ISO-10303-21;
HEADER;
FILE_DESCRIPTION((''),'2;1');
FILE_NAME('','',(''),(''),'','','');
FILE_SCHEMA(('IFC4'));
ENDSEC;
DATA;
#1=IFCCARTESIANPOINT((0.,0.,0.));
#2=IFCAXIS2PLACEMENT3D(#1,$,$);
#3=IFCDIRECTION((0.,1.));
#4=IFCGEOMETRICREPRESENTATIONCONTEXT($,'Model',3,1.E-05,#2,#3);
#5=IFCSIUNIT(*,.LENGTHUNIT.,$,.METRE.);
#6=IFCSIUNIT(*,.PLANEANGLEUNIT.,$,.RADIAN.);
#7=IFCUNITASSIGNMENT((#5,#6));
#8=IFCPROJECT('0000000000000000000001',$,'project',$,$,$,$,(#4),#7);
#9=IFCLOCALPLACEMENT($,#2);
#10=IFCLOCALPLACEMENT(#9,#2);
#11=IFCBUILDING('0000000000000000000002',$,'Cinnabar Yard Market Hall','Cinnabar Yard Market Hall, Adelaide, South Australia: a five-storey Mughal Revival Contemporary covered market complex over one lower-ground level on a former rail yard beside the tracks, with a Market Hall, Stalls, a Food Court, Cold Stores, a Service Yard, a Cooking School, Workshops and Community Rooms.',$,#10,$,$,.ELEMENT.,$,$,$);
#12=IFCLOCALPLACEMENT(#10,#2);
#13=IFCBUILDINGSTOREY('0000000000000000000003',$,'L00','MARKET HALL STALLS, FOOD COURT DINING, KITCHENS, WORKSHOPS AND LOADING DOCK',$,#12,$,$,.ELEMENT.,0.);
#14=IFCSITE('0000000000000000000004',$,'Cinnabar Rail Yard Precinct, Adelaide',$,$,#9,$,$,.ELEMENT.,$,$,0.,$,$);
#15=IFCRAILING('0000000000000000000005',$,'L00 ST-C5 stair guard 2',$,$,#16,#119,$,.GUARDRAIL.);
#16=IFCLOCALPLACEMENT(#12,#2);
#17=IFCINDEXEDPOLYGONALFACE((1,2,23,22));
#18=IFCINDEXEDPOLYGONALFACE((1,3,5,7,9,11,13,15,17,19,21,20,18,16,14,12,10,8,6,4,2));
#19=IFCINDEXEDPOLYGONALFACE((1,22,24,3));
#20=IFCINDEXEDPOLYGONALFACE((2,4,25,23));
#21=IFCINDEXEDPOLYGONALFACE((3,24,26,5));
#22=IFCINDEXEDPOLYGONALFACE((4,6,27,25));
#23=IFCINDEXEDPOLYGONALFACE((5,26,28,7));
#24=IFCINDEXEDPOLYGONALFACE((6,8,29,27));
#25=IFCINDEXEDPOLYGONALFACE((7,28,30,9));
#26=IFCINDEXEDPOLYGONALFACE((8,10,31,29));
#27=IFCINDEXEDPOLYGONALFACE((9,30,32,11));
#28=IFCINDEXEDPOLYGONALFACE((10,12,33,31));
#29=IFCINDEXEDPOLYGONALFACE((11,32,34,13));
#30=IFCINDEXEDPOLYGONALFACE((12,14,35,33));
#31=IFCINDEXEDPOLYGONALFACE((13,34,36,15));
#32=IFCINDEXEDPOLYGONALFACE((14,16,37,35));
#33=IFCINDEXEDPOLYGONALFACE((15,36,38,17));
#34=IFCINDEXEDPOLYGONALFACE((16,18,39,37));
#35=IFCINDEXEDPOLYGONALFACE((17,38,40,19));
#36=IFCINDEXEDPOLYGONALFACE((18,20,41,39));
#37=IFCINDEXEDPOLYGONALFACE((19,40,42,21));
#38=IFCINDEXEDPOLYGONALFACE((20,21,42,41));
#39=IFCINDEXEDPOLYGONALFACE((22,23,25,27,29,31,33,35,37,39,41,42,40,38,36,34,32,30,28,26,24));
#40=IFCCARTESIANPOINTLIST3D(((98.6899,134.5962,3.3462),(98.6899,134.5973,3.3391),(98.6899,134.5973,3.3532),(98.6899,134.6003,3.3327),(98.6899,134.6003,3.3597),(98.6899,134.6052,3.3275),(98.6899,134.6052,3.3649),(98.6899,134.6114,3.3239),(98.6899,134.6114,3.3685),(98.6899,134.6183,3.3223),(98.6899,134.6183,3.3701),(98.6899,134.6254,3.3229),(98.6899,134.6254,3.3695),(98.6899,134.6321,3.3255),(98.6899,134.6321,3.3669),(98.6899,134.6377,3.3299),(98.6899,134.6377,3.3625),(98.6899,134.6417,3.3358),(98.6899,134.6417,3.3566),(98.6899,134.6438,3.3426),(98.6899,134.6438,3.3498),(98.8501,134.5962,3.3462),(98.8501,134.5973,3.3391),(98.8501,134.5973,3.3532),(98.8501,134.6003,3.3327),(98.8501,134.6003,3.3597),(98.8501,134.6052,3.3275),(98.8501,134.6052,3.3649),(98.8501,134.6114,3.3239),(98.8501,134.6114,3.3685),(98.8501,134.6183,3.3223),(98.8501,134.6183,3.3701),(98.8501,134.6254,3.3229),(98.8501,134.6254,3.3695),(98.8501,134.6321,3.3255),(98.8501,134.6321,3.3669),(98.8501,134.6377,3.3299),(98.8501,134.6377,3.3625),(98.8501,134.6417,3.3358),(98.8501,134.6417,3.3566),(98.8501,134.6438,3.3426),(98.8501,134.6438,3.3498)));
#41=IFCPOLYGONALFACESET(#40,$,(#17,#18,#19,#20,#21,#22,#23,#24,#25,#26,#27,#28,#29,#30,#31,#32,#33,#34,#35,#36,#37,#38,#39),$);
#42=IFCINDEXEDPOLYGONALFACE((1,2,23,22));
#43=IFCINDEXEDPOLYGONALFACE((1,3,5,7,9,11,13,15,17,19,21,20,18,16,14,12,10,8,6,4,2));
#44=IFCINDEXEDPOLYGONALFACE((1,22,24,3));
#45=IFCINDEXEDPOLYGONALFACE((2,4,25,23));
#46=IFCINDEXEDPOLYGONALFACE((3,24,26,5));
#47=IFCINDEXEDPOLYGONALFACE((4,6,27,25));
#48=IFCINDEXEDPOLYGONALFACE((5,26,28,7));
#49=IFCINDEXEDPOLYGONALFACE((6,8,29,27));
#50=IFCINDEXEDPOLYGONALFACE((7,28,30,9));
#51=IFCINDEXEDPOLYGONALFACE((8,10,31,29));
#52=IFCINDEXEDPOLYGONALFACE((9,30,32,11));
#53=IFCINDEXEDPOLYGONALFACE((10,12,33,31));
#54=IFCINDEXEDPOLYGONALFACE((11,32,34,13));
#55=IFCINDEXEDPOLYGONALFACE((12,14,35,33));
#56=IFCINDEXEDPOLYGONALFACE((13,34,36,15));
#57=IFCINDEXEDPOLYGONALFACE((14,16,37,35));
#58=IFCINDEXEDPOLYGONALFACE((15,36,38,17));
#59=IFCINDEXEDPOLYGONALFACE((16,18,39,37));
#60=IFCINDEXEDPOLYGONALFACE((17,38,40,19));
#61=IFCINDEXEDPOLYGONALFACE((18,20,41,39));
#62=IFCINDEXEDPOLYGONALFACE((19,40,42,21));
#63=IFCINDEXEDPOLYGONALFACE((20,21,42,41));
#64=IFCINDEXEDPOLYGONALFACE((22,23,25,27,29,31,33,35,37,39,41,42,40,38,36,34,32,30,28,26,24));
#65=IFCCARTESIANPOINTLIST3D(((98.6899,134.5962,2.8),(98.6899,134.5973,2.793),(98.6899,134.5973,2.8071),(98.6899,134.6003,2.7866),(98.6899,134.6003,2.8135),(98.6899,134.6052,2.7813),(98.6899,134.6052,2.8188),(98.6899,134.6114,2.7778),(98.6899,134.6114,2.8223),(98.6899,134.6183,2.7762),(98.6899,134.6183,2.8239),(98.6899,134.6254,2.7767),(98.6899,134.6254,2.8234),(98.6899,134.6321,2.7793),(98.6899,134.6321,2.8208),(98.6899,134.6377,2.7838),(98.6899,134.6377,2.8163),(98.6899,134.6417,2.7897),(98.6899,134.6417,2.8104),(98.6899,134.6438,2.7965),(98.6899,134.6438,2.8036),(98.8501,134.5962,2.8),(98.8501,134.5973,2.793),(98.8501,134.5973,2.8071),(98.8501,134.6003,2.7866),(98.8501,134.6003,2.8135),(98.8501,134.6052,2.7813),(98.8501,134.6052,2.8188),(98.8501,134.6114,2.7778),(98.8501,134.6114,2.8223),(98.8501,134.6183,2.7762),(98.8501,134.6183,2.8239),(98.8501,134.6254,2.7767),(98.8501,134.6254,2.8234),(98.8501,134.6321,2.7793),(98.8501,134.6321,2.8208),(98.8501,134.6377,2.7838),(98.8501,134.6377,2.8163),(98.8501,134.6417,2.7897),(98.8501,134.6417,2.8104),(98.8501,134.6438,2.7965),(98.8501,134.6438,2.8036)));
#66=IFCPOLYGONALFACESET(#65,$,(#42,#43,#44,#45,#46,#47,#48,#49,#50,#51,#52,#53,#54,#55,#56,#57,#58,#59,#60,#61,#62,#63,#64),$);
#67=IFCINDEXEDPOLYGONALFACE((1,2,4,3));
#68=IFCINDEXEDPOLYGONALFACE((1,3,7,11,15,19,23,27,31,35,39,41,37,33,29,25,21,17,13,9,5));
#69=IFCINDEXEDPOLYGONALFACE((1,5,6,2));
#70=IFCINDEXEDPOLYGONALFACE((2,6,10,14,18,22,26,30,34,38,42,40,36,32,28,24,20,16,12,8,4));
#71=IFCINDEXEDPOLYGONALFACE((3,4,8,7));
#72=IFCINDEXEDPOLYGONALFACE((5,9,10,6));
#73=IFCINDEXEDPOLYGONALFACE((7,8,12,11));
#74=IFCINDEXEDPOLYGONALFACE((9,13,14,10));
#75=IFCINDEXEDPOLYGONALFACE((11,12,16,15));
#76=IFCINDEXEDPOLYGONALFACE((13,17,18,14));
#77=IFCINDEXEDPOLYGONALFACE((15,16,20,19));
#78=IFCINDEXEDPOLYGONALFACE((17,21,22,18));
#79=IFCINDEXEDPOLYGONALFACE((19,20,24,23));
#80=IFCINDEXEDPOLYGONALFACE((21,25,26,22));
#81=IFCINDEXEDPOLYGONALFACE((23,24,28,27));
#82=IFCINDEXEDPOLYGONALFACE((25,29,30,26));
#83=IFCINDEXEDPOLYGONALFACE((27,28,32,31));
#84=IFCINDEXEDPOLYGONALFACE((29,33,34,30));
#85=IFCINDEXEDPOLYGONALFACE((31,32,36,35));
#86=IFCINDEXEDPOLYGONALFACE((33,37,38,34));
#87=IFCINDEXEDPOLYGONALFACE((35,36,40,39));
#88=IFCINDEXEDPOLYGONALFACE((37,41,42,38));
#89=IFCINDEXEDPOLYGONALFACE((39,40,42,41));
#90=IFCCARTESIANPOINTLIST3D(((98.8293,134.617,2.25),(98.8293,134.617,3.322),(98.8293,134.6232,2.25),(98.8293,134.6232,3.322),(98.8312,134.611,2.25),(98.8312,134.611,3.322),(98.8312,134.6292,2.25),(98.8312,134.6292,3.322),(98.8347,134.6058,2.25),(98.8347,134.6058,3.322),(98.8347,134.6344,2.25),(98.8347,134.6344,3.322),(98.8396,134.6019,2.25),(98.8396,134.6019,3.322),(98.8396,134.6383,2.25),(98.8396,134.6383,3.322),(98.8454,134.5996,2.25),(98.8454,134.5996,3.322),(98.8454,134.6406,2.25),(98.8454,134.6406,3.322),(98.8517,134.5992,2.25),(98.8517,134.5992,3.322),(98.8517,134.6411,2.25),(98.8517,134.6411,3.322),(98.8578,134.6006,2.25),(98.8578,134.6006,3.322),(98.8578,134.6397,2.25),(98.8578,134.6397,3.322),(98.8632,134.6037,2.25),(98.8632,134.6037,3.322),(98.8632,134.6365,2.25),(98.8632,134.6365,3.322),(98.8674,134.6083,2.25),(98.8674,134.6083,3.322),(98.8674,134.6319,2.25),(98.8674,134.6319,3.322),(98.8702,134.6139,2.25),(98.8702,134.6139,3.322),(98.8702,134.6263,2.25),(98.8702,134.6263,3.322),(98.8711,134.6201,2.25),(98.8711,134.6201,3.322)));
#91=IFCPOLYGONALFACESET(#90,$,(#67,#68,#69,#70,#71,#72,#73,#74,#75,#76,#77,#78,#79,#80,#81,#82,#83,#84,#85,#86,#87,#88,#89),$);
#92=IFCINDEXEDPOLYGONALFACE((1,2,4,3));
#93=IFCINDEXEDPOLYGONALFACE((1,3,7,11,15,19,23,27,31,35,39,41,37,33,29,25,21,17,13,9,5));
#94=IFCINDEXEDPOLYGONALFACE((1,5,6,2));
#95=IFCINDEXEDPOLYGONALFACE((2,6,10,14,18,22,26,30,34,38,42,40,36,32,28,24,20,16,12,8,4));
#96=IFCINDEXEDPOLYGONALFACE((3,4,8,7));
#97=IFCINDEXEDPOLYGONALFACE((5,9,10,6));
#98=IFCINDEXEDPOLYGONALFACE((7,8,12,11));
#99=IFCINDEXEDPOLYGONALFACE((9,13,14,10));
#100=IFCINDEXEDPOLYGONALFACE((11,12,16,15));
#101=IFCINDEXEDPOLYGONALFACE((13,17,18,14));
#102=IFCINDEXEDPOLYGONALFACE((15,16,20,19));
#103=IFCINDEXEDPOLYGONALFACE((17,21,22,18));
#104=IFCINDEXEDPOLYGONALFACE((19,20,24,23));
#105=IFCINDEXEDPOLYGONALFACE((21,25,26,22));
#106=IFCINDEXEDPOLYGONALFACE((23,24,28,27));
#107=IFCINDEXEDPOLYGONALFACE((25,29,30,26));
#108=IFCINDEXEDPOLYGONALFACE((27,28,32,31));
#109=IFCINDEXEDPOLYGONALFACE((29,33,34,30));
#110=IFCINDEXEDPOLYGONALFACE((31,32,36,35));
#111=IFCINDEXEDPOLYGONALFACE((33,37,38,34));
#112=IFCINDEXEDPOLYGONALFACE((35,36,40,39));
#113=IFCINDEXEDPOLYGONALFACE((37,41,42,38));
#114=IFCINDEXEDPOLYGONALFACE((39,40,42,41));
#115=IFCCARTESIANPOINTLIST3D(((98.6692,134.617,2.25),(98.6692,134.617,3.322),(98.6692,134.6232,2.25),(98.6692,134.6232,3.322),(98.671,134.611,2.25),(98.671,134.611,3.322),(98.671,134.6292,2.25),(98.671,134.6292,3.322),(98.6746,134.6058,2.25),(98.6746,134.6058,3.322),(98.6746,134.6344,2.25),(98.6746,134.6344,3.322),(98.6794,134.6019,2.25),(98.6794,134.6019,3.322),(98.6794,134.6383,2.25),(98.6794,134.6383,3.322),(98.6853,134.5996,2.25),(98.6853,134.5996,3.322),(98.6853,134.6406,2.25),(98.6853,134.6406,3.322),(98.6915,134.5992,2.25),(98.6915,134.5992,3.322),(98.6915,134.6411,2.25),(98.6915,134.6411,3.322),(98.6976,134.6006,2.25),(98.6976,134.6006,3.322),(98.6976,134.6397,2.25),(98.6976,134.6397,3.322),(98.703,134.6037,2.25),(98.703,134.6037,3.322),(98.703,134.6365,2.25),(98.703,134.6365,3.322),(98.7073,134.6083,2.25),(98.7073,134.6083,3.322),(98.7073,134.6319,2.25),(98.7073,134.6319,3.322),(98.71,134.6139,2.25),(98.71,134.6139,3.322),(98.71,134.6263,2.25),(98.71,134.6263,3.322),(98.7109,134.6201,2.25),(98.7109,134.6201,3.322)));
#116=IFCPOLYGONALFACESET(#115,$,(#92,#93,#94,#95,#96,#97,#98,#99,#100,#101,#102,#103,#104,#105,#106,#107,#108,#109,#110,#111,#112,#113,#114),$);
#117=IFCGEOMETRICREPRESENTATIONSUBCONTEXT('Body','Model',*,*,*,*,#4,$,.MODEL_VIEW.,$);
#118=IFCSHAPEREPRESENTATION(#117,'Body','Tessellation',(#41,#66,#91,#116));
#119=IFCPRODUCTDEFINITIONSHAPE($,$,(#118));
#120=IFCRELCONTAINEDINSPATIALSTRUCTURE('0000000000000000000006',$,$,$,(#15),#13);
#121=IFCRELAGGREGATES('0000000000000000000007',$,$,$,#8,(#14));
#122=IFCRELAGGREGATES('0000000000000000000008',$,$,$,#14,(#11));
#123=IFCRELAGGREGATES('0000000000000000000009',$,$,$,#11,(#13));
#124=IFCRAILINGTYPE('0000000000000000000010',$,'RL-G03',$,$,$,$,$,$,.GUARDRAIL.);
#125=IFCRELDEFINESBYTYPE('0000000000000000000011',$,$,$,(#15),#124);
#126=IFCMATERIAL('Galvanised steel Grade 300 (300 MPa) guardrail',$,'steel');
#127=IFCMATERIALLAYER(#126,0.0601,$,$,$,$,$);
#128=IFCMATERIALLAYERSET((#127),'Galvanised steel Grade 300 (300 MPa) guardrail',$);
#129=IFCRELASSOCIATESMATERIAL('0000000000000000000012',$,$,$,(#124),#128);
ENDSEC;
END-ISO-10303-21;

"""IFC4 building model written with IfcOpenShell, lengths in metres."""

from ifc_helpers import new_model, si_unit, direction, frame, origin, origin_2d_with_axis, place, context, subcontext, project, spatial, circle, extrude, material, layer, layer_set, type_object, element, save


model = new_model("IFC4")

# Units and contexts
model_context = context("Model", 3, precision=1e-05, world=origin(), true_north=direction((0.0, 1.0)))
body_context = subcontext(model_context, "Body", "Model", "MODEL_VIEW")
ifc_project = project(units=[si_unit("LENGTHUNIT", "METRE"), si_unit("PLANEANGLEUNIT", "RADIAN")], contexts=[model_context])

# Site, building, storey
site_placement = place(None, origin())
site = spatial("IfcSite", under=ifc_project, at=site_placement, Name="Cinnabar Rail Yard Precinct, Adelaide", CompositionType="ELEMENT", RefElevation=0.0)
building_placement = place(site_placement, origin())
building = spatial("IfcBuilding", under=site, at=building_placement, Name="Cinnabar Yard Market Hall", Description="Cinnabar Yard Market Hall, Adelaide, South Australia: a five-storey Mughal Revival Contemporary covered market complex over one lower-ground level on a former rail yard beside the tracks, with a Market Hall, Stalls, a Food Court, Cold Stores, a Service Yard, a Cooking School, Workshops and Community Rooms.", CompositionType="ELEMENT")
storey_placement = place(building_placement, origin())
storey = spatial("IfcBuildingStorey", under=building, at=storey_placement, Name="L00", Description="MARKET HALL STALLS, FOOD COURT DINING, KITCHENS, WORKSHOPS AND LOADING DOCK", CompositionType="ELEMENT", Elevation=0.0)

# Railing
ifc_material_1 = material(Name="Galvanised steel Grade 300 (300 MPa) guardrail", Category="steel")
ifc_layer_1 = layer(ifc_material_1, 0.0601)
ifc_layer_set_1 = layer_set([ifc_layer_1], Name="Galvanised steel Grade 300 (300 MPa) guardrail")
railing_type_1 = type_object("IfcRailingType", Name="RL-G03", PredefinedType="GUARDRAIL", material=ifc_layer_set_1)
railing_1_placement = place(storey_placement, frame((98.8501, 134.6201, 2.25)))
element("IfcRailing", 1, at=railing_1_placement, inside=storey, type_object=railing_type_1, Name="L00 ST-C5 stair guard 2", PredefinedType="GUARDRAIL", context=body_context, shape_type="SweptSolid", body=[
    extrude(circle(Radius=0.0239, at=origin_2d_with_axis()), frame((0.0, 0.0, 1.0962), z_axis=(-1.0, 0.0, 0.0), x_axis=(0.0, -1.0, 0.0)), (0.0, 0.0, 1.0), 0.1602),
    extrude(circle(Radius=0.0239, at=origin_2d_with_axis()), frame((0.0, 0.0, 0.55), z_axis=(-1.0, 0.0, 0.0), x_axis=(0.0, -1.0, 0.0)), (0.0, 0.0, 1.0), 0.1602),
    extrude(circle(Radius=0.021, at=origin_2d_with_axis()), origin(), (0.0, 0.0, 1.0), 1.072),
    extrude(circle(Radius=0.021, at=origin_2d_with_axis()), frame((-0.1602, 0.0, 0.0)), (0.0, 0.0, 1.0), 1.072),
])

save(model, "model.ifc")
